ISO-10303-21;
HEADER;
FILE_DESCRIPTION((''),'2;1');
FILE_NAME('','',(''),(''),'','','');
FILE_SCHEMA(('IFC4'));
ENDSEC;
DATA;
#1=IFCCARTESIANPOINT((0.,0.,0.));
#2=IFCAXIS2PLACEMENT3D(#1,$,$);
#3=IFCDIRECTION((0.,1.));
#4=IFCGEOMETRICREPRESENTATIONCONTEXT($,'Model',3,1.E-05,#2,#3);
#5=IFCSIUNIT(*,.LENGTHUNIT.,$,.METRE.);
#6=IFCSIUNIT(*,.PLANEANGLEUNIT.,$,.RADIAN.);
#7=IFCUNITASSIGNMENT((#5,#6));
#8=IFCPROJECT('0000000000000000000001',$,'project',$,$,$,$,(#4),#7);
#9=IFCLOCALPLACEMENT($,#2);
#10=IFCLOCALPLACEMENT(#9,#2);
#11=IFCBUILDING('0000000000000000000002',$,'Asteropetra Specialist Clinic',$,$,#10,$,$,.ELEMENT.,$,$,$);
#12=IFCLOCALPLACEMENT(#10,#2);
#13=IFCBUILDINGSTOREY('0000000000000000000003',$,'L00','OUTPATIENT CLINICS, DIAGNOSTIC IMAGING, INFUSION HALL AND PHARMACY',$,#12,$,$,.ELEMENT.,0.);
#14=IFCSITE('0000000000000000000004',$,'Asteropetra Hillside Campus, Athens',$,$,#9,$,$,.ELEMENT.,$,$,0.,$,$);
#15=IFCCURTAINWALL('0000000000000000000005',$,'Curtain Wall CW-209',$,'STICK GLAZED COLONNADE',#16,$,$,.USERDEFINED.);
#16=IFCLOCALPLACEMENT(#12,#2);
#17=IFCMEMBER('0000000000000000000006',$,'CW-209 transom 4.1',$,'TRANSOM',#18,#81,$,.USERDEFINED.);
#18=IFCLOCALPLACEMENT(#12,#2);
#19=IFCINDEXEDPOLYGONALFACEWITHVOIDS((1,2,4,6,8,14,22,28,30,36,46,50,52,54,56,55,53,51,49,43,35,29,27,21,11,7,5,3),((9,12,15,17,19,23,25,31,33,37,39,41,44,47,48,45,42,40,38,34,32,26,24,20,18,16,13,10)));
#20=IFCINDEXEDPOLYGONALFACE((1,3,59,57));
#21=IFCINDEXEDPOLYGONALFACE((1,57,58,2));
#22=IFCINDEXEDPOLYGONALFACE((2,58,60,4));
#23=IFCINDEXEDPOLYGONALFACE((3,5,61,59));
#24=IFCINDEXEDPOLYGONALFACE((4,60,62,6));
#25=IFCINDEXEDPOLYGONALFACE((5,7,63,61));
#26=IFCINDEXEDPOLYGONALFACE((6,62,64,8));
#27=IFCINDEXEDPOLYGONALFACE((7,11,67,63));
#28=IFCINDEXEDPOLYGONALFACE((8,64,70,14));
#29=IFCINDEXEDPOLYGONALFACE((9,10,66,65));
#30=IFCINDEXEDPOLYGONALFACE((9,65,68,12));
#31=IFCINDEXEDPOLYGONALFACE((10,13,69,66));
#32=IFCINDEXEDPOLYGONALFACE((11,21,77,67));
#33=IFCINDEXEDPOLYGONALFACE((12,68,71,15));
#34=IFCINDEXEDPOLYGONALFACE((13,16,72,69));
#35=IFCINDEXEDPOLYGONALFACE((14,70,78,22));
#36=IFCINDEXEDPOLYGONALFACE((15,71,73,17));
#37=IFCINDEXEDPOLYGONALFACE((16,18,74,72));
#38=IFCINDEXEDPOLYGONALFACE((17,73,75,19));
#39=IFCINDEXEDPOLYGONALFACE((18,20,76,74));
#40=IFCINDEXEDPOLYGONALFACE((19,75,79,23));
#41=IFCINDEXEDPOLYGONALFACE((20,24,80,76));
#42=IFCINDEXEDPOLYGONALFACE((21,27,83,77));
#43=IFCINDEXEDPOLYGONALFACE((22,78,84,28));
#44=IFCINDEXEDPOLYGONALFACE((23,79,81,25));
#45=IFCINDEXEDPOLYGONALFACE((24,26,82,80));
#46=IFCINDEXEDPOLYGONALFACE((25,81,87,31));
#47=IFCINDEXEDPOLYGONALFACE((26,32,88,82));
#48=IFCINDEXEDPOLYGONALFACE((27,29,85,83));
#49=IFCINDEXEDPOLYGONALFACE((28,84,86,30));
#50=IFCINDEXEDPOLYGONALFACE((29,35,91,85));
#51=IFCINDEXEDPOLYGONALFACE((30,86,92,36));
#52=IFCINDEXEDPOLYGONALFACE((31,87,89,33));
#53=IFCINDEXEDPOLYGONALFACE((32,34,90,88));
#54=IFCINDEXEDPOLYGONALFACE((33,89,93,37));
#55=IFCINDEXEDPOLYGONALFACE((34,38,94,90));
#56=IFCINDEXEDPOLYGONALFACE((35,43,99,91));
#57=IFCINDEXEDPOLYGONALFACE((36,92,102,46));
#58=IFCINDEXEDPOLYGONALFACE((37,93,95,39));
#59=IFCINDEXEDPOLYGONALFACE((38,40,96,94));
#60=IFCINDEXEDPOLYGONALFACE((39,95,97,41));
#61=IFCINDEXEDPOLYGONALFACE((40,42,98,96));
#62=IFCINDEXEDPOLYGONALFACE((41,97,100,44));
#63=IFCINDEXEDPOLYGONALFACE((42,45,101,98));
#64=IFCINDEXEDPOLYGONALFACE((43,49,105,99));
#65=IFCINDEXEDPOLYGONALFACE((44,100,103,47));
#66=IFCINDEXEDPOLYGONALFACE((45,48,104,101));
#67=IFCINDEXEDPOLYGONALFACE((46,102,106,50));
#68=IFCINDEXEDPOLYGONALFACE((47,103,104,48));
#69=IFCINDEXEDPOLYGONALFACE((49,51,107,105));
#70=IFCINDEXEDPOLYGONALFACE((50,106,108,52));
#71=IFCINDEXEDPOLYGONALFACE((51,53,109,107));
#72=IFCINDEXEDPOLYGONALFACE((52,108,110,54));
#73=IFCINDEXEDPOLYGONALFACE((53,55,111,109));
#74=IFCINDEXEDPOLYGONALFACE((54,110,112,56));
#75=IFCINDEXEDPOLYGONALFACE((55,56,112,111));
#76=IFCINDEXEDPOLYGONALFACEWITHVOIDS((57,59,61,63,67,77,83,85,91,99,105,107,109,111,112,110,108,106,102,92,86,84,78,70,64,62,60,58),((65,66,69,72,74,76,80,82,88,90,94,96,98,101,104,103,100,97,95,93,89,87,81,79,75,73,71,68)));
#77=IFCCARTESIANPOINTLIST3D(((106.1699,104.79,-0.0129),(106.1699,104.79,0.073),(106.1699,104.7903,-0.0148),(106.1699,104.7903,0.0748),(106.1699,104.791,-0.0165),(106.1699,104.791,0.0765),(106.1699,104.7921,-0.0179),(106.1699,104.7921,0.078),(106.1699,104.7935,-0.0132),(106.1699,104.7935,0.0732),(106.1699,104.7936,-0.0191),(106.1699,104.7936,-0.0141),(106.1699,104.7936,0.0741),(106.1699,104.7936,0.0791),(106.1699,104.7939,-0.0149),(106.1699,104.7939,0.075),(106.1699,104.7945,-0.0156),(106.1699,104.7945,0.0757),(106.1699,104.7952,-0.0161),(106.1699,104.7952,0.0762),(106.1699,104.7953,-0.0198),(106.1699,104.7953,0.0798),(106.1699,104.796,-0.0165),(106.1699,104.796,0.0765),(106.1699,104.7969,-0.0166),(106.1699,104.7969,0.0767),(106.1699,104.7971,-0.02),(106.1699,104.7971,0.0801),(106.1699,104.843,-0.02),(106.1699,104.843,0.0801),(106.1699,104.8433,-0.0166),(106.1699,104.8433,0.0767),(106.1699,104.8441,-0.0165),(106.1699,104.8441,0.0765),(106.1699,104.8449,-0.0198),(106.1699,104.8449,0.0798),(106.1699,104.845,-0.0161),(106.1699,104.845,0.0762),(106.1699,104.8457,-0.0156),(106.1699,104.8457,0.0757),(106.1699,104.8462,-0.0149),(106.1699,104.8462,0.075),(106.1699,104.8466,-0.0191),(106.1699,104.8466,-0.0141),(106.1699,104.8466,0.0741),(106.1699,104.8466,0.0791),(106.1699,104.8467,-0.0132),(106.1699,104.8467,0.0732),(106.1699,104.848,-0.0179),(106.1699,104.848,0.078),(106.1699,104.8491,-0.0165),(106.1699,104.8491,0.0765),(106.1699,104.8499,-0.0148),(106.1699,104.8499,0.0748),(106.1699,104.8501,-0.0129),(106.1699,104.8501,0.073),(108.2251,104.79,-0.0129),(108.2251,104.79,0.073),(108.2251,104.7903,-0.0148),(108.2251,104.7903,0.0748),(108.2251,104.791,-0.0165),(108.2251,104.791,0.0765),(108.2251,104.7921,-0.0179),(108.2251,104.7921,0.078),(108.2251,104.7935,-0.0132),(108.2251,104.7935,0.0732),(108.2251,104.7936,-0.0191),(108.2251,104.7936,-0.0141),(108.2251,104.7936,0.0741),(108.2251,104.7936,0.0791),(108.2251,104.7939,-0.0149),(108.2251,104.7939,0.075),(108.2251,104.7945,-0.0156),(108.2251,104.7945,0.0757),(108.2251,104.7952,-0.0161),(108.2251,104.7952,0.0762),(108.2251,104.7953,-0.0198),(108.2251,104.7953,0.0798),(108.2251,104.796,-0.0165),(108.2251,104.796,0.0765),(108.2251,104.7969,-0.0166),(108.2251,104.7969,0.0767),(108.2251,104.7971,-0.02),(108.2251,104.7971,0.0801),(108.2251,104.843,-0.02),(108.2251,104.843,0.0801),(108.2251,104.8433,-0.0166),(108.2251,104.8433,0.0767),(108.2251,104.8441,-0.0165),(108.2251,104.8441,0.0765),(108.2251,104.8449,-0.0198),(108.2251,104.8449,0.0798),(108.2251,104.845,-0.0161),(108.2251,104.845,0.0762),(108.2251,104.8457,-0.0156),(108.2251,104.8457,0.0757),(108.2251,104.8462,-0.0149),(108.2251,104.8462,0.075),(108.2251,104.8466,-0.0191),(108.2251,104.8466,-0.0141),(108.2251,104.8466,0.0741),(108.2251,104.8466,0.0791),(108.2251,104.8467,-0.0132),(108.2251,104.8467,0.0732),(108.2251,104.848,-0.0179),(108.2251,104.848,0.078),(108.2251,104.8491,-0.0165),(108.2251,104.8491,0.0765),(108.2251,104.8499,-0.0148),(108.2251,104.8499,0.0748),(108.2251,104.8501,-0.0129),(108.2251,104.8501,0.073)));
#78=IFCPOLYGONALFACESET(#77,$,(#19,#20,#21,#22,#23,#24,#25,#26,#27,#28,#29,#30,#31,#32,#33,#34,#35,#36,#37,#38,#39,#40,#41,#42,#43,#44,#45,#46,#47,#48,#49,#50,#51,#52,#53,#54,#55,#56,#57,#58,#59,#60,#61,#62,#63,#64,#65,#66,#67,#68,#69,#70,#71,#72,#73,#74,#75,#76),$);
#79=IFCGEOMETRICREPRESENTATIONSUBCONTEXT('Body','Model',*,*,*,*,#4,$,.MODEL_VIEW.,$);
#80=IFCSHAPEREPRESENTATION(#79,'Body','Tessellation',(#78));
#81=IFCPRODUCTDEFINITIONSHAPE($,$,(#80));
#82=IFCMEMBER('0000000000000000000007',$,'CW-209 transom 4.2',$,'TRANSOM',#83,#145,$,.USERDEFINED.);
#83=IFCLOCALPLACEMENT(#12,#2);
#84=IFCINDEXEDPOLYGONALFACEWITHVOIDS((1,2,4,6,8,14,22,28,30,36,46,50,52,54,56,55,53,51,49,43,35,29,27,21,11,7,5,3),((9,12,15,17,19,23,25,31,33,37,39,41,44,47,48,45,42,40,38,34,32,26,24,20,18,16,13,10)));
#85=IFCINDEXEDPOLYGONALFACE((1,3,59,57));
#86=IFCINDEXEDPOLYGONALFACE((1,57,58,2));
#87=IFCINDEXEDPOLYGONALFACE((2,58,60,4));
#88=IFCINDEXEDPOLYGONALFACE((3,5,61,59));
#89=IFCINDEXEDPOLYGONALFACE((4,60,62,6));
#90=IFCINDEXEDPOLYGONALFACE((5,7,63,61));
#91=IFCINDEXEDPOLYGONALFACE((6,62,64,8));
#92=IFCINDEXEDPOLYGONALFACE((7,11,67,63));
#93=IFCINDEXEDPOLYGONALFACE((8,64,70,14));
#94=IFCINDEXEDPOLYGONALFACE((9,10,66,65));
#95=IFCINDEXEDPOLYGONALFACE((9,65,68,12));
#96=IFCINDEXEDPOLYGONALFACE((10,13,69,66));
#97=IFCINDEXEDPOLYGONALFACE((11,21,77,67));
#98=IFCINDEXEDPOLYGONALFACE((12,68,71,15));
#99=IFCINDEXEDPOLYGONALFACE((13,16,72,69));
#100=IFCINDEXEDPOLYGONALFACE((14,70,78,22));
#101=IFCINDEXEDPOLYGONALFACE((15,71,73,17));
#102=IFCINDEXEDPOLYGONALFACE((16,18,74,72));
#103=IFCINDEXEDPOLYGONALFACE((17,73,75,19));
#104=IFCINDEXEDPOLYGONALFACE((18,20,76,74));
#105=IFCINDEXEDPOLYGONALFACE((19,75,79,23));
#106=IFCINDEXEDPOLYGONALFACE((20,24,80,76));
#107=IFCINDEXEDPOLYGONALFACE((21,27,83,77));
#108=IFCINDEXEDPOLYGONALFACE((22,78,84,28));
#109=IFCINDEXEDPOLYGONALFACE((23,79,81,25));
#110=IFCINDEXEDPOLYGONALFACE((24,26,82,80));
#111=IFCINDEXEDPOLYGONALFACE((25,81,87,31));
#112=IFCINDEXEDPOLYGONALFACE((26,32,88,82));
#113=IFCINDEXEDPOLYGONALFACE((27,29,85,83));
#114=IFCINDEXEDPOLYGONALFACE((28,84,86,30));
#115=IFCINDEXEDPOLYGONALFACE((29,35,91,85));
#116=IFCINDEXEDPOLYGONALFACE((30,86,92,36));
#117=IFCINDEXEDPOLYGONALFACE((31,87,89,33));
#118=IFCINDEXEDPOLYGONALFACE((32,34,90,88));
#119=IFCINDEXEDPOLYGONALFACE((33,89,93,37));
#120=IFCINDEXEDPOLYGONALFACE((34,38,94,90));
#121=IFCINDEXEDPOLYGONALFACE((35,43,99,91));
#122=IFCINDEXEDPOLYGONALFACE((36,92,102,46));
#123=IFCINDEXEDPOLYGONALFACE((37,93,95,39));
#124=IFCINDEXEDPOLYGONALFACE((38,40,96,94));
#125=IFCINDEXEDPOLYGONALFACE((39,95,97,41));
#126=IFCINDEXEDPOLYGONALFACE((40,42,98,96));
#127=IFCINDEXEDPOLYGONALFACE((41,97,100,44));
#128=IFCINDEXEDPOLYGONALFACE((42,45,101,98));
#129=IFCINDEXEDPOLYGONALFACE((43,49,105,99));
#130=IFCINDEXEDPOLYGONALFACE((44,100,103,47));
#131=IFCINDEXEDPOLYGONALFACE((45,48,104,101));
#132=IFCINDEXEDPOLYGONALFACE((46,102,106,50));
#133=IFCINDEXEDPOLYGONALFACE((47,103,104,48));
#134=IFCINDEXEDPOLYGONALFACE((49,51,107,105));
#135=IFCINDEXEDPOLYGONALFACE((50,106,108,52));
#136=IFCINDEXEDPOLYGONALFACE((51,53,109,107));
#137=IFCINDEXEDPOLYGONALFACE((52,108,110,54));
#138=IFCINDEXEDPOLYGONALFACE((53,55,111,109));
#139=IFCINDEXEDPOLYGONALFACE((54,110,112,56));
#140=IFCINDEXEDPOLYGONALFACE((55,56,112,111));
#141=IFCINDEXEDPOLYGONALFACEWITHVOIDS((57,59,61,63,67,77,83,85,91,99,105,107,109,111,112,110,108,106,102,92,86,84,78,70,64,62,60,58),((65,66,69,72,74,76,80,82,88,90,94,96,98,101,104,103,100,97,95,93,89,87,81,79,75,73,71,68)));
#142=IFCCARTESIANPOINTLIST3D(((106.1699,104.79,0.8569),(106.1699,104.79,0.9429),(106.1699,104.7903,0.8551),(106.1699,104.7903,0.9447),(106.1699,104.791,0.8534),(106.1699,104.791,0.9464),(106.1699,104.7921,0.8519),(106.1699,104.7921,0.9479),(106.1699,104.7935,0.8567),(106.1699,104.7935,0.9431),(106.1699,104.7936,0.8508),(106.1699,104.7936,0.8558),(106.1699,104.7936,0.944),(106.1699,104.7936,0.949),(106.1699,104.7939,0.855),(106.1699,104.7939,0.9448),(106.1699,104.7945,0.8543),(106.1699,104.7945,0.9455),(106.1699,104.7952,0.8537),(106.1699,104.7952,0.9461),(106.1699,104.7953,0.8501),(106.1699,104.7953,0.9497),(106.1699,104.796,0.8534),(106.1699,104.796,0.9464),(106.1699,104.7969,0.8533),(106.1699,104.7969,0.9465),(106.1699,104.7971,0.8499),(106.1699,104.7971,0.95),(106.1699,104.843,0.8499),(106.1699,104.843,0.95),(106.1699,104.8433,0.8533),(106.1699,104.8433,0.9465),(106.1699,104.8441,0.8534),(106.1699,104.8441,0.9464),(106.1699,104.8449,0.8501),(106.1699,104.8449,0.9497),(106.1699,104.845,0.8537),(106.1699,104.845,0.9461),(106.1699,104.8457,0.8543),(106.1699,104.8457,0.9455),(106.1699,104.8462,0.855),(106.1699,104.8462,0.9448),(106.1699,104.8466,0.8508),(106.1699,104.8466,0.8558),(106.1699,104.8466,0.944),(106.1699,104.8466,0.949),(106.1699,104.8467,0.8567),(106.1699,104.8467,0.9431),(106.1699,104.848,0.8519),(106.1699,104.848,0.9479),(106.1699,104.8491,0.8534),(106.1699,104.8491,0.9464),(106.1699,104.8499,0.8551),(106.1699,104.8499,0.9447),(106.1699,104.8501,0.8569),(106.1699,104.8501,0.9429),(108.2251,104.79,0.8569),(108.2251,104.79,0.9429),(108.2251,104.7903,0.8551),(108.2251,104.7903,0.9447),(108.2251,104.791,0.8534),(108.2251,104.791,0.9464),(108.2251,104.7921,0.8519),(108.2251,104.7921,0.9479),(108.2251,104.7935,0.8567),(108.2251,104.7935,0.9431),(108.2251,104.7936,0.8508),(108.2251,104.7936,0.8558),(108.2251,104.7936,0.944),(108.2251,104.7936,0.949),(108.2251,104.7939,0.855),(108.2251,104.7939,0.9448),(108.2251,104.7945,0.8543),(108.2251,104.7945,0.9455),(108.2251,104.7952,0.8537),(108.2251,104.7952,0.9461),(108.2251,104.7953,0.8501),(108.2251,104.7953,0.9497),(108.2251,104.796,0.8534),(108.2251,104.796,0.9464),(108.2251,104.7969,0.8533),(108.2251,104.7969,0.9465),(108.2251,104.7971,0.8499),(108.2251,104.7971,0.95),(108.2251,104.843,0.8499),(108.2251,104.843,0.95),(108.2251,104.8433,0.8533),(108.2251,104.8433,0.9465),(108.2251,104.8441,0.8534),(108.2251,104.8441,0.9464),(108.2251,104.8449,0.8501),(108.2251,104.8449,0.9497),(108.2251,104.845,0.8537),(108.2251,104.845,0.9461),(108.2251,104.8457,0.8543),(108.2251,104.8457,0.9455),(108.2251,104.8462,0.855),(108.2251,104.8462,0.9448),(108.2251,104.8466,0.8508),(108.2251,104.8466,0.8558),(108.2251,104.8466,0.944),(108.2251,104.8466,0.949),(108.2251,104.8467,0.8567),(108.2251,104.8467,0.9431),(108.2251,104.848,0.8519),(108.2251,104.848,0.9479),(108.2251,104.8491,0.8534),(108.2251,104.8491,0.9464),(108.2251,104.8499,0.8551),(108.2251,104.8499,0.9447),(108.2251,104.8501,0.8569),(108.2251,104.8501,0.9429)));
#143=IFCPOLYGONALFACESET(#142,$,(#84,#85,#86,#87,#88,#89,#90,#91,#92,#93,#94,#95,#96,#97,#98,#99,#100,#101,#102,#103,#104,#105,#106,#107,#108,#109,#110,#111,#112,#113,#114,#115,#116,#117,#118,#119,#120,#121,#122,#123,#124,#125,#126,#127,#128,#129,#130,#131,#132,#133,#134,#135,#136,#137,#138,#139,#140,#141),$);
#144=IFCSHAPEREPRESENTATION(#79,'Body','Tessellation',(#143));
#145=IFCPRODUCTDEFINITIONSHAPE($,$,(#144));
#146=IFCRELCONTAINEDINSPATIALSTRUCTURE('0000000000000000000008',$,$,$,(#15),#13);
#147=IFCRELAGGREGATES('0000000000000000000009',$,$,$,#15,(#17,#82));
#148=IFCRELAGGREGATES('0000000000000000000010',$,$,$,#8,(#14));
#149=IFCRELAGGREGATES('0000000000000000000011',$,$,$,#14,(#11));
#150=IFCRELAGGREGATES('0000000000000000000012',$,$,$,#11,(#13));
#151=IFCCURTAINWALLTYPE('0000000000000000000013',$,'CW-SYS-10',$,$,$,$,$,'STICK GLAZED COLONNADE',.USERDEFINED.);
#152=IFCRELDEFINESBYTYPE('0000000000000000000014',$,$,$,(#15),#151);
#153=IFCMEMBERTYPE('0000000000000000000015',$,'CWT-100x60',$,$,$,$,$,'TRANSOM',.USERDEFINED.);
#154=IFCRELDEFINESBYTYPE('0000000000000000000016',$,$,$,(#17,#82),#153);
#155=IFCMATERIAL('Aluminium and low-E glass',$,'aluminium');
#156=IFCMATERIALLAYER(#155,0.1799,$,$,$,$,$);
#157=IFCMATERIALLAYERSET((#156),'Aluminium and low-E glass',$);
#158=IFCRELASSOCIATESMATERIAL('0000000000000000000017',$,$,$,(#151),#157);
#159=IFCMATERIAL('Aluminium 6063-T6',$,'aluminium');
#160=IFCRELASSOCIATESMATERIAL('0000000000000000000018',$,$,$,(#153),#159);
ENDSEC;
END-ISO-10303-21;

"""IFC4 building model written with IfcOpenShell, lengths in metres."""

from ifc_helpers import new_model, si_unit, direction, frame, origin, origin_2d, place, context, subcontext, project, spatial, hollow_rectangle, extrude, material, layer, layer_set, material_profile, profile_set, type_object, element, aggregate, save


model = new_model("IFC4")

# Units and contexts
model_context = context("Model", 3, precision=1e-05, world=origin(), true_north=direction((0.0, 1.0)))
body_context = subcontext(model_context, "Body", "Model", "MODEL_VIEW")
ifc_project = project(units=[si_unit("LENGTHUNIT", "METRE"), si_unit("PLANEANGLEUNIT", "RADIAN")], contexts=[model_context])

# Site, building, storey
site_placement = place(None, origin())
site = spatial("IfcSite", under=ifc_project, at=site_placement, Name="Asteropetra Hillside Campus, Athens", CompositionType="ELEMENT", RefElevation=0.0)
building_placement = place(site_placement, origin())
building = spatial("IfcBuilding", under=site, at=building_placement, Name="Asteropetra Specialist Clinic", CompositionType="ELEMENT")
storey_placement = place(building_placement, origin())
storey = spatial("IfcBuildingStorey", under=building, at=storey_placement, Name="L00", Description="OUTPATIENT CLINICS, DIAGNOSTIC IMAGING, INFUSION HALL AND PHARMACY", CompositionType="ELEMENT", Elevation=0.0)

# Curtain wall
ifc_material_1 = material(Name="Aluminium and low-E glass", Category="aluminium")
ifc_layer_1 = layer(ifc_material_1, 0.1799)
ifc_layer_set_1 = layer_set([ifc_layer_1], Name="Aluminium and low-E glass")
curtain_wall_type_1 = type_object("IfcCurtainWallType", Name="CW-SYS-10", ElementType="STICK GLAZED COLONNADE", PredefinedType="USERDEFINED", material=ifc_layer_set_1)
curtain_wall_1_placement = place(storey_placement, origin())
curtain_wall_1 = element("IfcCurtainWall", 1, at=curtain_wall_1_placement, inside=storey, type_object=curtain_wall_type_1, Name="Curtain Wall CW-209", ObjectType="STICK GLAZED COLONNADE", PredefinedType="USERDEFINED")

# Members
ifc_material_2 = material(Name="Aluminium 6063-T6", Category="aluminium")
ifc_material_profile_1 = material_profile(ifc_material_2, hollow_rectangle(XDim=0.0601, YDim=0.1001, WallThickness=0.0034, InnerFilletRadius=0.0034, OuterFilletRadius=0.0071, at=origin_2d()), Name="TRN 100x60x3.5")
ifc_profile_set_1 = profile_set([ifc_material_profile_1], Name="Aluminium 6063-T6")
member_type_1 = type_object("IfcMemberType", Name="CWT-100x60", ElementType="TRANSOM", PredefinedType="USERDEFINED", material=ifc_profile_set_1)
member_1_placement = place(storey_placement, frame((108.2251, 104.8201, 0.03), z_axis=(-1.0, 0.0, 0.0), x_axis=(0.0, -1.0, 0.0)))
member_1 = element("IfcMember", 2, at=member_1_placement, type_object=member_type_1, Name="CW-209 transom 4.1", ObjectType="TRANSOM", PredefinedType="USERDEFINED", context=body_context, shape_type="SweptSolid", body=[
    extrude(hollow_rectangle(XDim=0.0601, YDim=0.1001, WallThickness=0.0034, InnerFilletRadius=0.0034, OuterFilletRadius=0.0071, at=origin_2d()), origin(), (0.0, 0.0, 1.0), 2.0552),
])
member_2_placement = place(storey_placement, frame((108.2251, 104.8201, 0.8999), z_axis=(-1.0, 0.0, 0.0), x_axis=(0.0, -1.0, 0.0)))
member_2 = element("IfcMember", 3, at=member_2_placement, type_object=member_type_1, Name="CW-209 transom 4.2", ObjectType="TRANSOM", PredefinedType="USERDEFINED", context=body_context, shape_type="SweptSolid", body=[
    extrude(hollow_rectangle(XDim=0.0601, YDim=0.1001, WallThickness=0.0034, InnerFilletRadius=0.0034, OuterFilletRadius=0.0071, at=origin_2d()), origin(), (0.0, 0.0, 1.0), 2.0552),
])

aggregate(curtain_wall_1, [member_1, member_2])

save(model, "model.ifc")
